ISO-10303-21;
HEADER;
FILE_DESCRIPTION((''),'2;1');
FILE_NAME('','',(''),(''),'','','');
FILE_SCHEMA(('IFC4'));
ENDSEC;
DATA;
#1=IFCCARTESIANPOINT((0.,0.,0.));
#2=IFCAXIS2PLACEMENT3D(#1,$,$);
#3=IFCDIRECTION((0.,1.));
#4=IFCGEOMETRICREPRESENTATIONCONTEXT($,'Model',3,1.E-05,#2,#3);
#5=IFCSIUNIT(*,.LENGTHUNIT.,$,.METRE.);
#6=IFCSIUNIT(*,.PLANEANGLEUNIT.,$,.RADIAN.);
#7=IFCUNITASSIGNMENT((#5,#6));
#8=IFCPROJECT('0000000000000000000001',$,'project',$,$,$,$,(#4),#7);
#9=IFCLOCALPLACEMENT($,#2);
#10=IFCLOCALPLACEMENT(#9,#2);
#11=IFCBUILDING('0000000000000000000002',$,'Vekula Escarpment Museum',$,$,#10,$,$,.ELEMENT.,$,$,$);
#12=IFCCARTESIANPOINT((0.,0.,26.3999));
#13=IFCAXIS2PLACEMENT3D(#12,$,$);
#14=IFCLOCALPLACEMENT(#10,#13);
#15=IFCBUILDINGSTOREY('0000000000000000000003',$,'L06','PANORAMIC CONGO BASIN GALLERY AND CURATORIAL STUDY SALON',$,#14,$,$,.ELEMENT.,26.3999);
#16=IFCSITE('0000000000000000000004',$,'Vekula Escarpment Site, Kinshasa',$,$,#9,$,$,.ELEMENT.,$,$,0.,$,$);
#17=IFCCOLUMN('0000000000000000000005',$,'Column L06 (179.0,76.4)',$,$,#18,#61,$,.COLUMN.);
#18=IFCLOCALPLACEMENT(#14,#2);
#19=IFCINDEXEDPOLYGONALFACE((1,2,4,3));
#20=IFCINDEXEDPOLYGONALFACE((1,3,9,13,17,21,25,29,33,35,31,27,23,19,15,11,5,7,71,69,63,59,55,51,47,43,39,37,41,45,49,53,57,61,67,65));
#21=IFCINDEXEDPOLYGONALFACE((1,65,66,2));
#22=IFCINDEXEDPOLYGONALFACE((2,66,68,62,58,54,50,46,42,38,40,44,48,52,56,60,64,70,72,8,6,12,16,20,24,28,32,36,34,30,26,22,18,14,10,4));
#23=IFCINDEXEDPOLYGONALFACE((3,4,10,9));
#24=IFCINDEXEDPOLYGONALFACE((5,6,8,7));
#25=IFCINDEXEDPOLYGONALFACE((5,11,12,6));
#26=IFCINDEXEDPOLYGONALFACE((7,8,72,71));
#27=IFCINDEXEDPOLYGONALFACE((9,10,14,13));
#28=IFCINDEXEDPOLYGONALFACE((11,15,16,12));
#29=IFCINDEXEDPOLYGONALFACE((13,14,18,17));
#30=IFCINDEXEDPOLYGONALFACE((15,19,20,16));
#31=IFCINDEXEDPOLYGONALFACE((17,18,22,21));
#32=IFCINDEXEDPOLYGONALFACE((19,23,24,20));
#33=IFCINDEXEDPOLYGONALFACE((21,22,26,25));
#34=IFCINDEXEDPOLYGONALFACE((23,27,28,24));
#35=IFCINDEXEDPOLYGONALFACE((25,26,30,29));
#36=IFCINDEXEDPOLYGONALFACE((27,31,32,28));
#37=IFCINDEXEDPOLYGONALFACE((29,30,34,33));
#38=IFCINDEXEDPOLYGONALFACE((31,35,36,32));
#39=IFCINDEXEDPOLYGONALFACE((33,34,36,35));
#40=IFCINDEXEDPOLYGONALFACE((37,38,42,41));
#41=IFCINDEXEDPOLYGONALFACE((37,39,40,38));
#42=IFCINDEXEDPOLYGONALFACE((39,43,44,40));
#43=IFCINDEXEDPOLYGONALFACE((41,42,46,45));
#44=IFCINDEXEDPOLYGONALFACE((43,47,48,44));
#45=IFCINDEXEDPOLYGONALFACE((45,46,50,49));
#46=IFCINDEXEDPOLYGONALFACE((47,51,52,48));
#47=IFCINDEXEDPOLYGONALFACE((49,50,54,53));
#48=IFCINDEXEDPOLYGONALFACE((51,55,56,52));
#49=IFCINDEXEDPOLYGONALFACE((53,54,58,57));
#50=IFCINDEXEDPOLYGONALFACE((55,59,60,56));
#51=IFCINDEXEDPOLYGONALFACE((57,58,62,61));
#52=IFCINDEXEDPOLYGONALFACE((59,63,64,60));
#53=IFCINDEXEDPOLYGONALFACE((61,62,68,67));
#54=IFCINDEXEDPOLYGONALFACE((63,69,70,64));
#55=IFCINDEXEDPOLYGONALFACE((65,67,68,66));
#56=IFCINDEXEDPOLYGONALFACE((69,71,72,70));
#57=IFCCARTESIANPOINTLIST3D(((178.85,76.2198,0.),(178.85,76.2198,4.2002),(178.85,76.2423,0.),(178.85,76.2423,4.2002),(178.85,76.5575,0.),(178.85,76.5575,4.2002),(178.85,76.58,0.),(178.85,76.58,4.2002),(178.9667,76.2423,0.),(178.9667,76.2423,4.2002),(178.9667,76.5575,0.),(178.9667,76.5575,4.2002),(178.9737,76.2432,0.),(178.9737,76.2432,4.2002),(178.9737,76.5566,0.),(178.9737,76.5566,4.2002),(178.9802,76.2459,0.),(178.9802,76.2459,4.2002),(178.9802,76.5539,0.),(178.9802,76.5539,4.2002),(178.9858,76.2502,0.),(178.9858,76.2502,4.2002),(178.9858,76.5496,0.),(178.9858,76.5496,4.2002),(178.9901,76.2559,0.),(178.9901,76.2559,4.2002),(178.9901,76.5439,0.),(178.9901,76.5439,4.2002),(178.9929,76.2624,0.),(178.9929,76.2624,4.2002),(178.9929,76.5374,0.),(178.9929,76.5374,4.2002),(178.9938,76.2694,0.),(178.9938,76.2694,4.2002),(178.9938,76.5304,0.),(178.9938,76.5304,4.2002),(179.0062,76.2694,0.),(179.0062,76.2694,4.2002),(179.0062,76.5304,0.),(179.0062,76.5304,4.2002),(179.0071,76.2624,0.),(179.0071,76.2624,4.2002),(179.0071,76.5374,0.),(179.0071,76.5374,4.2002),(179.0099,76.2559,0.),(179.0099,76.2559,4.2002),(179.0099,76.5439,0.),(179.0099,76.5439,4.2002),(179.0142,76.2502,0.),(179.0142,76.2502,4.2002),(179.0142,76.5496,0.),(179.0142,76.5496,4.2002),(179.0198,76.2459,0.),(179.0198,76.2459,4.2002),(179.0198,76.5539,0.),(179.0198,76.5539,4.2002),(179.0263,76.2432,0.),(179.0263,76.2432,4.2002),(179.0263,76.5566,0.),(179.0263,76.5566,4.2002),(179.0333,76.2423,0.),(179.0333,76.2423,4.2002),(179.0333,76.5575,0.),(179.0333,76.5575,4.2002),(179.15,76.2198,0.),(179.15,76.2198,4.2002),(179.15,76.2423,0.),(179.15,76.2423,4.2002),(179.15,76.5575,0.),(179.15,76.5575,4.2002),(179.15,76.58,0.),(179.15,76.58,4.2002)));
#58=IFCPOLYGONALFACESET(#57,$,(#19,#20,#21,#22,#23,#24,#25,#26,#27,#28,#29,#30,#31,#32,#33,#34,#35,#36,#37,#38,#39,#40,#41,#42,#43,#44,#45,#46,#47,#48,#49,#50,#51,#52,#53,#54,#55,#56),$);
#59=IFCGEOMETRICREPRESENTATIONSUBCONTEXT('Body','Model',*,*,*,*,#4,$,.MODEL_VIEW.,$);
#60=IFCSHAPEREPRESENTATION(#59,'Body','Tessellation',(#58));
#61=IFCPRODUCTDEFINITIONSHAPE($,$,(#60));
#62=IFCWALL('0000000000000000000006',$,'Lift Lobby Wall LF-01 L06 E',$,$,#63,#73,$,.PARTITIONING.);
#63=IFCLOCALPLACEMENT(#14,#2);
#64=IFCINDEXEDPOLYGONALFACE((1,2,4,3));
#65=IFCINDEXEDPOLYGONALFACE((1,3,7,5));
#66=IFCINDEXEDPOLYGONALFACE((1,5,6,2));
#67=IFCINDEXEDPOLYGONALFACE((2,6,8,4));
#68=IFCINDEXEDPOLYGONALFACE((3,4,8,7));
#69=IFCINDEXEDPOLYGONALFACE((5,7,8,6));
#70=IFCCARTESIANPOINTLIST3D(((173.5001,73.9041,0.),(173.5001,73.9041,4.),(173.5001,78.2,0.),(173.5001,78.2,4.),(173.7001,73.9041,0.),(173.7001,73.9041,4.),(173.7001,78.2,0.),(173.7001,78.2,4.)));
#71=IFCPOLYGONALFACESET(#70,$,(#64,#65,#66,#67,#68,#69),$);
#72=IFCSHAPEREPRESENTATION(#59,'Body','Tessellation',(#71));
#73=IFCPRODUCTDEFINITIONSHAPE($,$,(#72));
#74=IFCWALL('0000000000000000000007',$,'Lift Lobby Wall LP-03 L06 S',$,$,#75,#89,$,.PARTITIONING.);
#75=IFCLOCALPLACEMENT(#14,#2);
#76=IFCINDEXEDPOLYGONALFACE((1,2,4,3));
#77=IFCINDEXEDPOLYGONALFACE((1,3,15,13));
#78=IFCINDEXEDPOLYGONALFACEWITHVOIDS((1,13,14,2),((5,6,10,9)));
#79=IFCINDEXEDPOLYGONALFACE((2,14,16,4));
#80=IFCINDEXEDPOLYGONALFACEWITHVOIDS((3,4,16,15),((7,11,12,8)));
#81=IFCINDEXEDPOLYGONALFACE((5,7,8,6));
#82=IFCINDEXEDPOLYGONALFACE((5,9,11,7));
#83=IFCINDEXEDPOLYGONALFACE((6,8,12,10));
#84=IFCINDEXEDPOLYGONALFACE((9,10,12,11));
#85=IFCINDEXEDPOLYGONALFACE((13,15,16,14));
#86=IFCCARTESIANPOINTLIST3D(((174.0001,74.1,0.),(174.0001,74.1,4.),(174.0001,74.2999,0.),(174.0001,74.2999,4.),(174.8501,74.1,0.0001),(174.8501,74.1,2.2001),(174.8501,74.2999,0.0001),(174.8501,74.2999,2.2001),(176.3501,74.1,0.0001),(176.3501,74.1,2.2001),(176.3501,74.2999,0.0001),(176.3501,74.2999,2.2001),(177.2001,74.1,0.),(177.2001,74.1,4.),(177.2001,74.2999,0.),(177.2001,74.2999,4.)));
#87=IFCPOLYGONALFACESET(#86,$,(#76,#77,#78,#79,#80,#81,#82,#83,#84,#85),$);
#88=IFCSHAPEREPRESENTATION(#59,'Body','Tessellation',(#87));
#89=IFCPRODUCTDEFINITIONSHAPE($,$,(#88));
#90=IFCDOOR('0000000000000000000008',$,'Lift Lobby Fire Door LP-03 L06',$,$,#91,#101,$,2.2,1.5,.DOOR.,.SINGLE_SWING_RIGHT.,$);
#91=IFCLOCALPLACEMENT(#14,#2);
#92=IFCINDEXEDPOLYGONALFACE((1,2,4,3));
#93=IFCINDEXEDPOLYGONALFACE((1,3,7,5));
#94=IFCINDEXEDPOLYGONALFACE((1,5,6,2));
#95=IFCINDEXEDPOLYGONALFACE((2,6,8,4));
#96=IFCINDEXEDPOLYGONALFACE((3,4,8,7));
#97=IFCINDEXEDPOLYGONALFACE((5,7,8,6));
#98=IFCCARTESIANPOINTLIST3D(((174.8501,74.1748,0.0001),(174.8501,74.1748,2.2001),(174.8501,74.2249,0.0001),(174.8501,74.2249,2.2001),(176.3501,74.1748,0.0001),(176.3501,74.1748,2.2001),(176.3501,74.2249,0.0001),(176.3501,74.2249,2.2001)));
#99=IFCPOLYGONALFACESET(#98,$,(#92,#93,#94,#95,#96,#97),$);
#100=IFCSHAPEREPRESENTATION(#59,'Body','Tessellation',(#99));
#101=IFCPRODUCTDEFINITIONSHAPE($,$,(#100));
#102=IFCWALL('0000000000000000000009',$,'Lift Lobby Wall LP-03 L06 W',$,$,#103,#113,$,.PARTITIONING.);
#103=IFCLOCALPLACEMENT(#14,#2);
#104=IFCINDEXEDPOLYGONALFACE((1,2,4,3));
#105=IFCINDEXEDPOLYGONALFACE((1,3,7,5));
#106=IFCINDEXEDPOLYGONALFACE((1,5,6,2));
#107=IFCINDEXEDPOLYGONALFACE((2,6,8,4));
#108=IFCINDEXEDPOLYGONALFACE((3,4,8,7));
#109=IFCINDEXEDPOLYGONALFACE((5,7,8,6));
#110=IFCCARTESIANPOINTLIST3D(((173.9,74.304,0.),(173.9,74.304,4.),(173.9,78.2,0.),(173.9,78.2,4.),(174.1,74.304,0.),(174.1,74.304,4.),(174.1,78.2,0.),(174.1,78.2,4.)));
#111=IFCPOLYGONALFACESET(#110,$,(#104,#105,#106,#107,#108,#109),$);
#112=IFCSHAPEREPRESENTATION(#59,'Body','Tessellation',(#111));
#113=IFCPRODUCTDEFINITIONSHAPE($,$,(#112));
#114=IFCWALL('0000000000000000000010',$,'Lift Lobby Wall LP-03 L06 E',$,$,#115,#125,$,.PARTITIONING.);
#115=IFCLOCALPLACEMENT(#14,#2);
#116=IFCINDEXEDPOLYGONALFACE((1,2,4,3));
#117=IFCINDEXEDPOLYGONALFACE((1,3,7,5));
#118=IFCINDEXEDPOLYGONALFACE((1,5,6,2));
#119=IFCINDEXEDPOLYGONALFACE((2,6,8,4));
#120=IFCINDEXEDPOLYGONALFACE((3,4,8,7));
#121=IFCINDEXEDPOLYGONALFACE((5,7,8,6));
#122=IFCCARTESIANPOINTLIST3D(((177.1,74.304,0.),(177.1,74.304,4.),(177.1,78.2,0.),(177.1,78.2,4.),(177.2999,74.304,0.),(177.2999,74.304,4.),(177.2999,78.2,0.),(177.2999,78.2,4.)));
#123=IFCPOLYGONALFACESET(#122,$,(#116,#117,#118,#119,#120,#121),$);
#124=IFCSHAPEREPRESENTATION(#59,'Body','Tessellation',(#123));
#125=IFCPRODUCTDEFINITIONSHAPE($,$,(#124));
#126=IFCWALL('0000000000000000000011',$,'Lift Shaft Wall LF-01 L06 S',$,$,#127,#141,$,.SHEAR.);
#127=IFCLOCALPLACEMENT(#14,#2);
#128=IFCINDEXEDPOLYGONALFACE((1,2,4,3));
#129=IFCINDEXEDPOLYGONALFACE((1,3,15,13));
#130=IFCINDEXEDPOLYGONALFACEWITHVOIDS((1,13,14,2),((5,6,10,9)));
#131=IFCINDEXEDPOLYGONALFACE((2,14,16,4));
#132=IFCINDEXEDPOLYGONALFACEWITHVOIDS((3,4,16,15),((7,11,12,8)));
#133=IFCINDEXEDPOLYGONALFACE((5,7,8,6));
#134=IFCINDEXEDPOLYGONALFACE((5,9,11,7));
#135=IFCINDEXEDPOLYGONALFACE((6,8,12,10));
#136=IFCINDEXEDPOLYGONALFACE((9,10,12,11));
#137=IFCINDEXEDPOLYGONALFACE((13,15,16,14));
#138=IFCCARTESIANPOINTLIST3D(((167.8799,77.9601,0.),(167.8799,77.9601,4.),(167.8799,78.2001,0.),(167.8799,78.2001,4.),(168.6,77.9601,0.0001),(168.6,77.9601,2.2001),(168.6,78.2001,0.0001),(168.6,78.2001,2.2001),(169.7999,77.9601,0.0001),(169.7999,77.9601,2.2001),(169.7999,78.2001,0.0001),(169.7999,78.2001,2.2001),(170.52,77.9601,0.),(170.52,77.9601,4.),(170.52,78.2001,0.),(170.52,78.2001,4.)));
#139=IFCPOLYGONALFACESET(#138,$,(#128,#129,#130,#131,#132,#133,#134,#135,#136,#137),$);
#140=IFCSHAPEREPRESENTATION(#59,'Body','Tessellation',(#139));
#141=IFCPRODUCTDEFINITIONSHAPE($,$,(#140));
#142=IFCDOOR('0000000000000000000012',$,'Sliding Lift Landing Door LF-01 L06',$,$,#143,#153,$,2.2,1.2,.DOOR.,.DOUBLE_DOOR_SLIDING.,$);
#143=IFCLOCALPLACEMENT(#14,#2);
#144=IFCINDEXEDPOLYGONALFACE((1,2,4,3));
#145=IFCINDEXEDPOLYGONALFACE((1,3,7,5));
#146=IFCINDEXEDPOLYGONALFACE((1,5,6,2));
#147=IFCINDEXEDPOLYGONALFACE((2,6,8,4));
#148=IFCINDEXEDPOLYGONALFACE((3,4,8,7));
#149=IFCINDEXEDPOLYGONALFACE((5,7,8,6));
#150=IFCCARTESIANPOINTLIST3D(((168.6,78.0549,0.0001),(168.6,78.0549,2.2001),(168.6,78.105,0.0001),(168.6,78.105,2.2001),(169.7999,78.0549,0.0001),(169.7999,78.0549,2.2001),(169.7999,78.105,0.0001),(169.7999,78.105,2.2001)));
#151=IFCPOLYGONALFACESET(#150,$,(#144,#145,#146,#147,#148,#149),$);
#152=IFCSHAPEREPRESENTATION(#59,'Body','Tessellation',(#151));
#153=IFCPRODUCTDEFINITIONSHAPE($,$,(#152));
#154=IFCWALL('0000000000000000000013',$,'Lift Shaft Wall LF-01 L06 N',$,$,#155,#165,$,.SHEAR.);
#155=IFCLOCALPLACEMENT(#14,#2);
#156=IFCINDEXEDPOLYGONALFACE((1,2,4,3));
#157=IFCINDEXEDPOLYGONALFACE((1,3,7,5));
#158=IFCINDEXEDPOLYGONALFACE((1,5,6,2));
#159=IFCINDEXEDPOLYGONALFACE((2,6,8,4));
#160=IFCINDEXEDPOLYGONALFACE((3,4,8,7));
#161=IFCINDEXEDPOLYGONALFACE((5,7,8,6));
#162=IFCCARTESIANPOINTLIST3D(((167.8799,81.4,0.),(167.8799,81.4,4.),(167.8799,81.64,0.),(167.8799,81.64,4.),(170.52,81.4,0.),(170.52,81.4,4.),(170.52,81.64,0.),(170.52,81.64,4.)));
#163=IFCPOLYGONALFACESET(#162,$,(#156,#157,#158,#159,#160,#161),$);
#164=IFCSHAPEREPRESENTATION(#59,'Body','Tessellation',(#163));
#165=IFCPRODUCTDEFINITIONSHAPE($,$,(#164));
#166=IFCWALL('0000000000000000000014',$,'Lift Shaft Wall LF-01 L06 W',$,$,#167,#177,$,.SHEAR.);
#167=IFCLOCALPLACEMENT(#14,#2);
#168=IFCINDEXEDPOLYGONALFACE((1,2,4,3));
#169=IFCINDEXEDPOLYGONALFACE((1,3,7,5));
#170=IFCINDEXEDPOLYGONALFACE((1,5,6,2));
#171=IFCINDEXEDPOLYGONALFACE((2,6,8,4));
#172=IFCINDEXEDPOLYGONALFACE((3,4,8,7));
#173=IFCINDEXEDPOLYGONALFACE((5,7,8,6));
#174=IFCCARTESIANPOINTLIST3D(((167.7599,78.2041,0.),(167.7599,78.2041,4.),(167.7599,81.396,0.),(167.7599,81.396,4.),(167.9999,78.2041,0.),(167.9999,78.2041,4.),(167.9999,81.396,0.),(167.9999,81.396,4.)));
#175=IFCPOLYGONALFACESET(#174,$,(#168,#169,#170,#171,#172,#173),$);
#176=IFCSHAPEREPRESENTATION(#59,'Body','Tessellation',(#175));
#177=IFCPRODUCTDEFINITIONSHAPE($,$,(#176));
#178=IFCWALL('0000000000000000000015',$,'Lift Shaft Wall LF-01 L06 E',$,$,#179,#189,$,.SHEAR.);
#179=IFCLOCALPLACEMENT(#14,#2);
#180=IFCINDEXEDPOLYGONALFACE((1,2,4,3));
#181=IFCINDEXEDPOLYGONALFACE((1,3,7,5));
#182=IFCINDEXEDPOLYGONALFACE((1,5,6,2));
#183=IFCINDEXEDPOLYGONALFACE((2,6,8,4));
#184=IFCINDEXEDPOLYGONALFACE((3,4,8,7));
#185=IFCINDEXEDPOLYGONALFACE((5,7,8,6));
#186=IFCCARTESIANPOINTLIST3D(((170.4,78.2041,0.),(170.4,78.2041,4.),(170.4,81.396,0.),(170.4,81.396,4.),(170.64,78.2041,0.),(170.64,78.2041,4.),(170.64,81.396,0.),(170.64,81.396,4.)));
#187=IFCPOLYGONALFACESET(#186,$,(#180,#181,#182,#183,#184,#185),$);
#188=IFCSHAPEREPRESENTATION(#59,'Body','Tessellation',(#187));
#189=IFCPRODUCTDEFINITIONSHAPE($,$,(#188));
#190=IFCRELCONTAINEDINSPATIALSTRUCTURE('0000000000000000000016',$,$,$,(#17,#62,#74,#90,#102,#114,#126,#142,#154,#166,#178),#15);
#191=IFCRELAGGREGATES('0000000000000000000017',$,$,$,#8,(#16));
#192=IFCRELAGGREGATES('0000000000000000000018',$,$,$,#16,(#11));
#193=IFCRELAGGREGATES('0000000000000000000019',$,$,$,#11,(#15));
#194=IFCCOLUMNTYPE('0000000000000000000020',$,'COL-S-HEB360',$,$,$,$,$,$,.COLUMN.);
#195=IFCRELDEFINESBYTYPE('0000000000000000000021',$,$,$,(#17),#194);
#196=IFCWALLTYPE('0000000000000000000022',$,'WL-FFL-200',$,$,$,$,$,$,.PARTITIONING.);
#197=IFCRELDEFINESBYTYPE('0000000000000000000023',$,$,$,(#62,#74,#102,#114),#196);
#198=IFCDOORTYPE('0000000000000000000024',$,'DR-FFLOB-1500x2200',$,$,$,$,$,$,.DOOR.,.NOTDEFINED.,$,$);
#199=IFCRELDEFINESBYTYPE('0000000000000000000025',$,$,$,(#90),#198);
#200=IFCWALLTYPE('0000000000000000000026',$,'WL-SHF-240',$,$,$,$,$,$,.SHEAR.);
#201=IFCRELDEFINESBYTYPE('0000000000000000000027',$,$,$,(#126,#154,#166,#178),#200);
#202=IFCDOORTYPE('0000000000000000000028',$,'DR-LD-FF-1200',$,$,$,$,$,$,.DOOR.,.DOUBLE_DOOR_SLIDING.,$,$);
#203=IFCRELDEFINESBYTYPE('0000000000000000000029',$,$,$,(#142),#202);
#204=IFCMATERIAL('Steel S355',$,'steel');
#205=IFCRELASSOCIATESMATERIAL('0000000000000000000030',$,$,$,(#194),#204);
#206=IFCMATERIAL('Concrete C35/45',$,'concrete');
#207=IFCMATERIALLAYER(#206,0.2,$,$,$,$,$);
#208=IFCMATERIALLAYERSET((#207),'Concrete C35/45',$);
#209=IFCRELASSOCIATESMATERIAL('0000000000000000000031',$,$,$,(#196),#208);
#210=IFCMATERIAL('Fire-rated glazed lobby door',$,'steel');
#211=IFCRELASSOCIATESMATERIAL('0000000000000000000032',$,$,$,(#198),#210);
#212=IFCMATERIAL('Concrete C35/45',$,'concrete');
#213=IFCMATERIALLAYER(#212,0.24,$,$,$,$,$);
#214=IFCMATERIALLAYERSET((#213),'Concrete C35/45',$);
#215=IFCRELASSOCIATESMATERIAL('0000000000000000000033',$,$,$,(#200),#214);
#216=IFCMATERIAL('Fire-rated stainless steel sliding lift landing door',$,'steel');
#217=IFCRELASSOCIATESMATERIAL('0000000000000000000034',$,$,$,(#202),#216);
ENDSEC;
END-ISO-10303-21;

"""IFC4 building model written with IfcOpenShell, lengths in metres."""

from ifc_helpers import new_model, si_unit, direction, frame, frame_2d, origin, origin_2d, place, context, subcontext, project, spatial, rectangle, i_section, extrude, material, layer, layer_set, material_profile, profile_set, type_object, element, fill, save


model = new_model("IFC4")

# Units and contexts
model_context = context("Model", 3, precision=1e-05, world=origin(), true_north=direction((0.0, 1.0)))
body_context = subcontext(model_context, "Body", "Model", "MODEL_VIEW")
ifc_project = project(units=[si_unit("LENGTHUNIT", "METRE"), si_unit("PLANEANGLEUNIT", "RADIAN")], contexts=[model_context])

# Site, building, storey
site_placement = place(None, origin())
site = spatial("IfcSite", under=ifc_project, at=site_placement, Name="Vekula Escarpment Site, Kinshasa", CompositionType="ELEMENT", RefElevation=0.0)
building_placement = place(site_placement, origin())
building = spatial("IfcBuilding", under=site, at=building_placement, Name="Vekula Escarpment Museum", CompositionType="ELEMENT")
storey_placement = place(building_placement, frame((0.0, 0.0, 26.3999)))
storey = spatial("IfcBuildingStorey", under=building, at=storey_placement, Name="L06", Description="PANORAMIC CONGO BASIN GALLERY AND CURATORIAL STUDY SALON", CompositionType="ELEMENT", Elevation=26.3999)

# Column
ifc_material_1 = material(Name="Steel S355", Category="steel")
ifc_material_profile = material_profile(ifc_material_1, i_section(OverallWidth=0.3, OverallDepth=0.3601, WebThickness=0.0125, FlangeThickness=0.0225, FilletRadius=0.0271, at=origin_2d()), Name="HEB 360")
ifc_profile_set = profile_set([ifc_material_profile], Name="Steel S355")
column_type = type_object("IfcColumnType", Name="COL-S-HEB360", PredefinedType="COLUMN", material=ifc_profile_set)
column_placement = place(storey_placement, frame((179.0, 76.3999, 0.0), z_axis=(0.0, 0.0, 1.0), x_axis=(1.0, 0.0, 0.0)))
element("IfcColumn", 1, at=column_placement, inside=storey, type_object=column_type, Name="Column L06 (179.0,76.4)", PredefinedType="COLUMN", context=body_context, shape_type="SweptSolid", body=[
    extrude(i_section(OverallWidth=0.3, OverallDepth=0.3601, WebThickness=0.0125, FlangeThickness=0.0225, FilletRadius=0.0271, at=origin_2d()), origin(), (0.0, 0.0, 1.0), 4.2002),
])

# Wall
ifc_material_2 = material(Name="Concrete C35/45", Category="concrete")
ifc_layer_1 = layer(ifc_material_2, 0.2)
ifc_layer_set_1 = layer_set([ifc_layer_1], Name="Concrete C35/45")
wall_type_1 = type_object("IfcWallType", Name="WL-FFL-200", PredefinedType="PARTITIONING", material=ifc_layer_set_1)
wall_1_placement = place(storey_placement, frame((173.6001, 73.9041, 0.0), z_axis=(0.0, 0.0, 1.0), x_axis=(0.0, 1.0, 0.0)))
element("IfcWall", 2, at=wall_1_placement, inside=storey, type_object=wall_type_1, Name="Lift Lobby Wall LF-01 L06 E", PredefinedType="PARTITIONING", context=body_context, shape_type="SweptSolid", body=[
    extrude(rectangle(XDim=4.2959, YDim=0.2, at=frame_2d((2.1479, 0.0))), origin(), (0.0, 0.0, 1.0), 4.0),
])

# Wall, opening, door
wall_2_placement = place(storey_placement, frame((174.0, 74.2, 0.0), z_axis=(0.0, 0.0, 1.0), x_axis=(1.0, 0.0, 0.0)))
wall_2 = element("IfcWall", 3, at=wall_2_placement, inside=storey, type_object=wall_type_1, Name="Lift Lobby Wall LP-03 L06 S", PredefinedType="PARTITIONING", context=body_context, shape_type="SweptSolid", body=[
    extrude(rectangle(XDim=3.2, YDim=0.2, at=frame_2d((1.6001, 0.0))), origin(), (0.0, 0.0, 1.0), 4.0),
])
opening_1_placement = place(wall_2_placement, frame((0.8501, 0.0, 0.0)))
opening_1 = element("IfcOpeningElement", 4, at=opening_1_placement, cuts=wall_2, PredefinedType="OPENING", context=body_context, shape_type="SweptSolid", body=[
    extrude(rectangle(XDim=1.5, YDim=2.2, at=frame_2d((0.75, 1.1001))), frame((0.0, 0.1099, 0.0), z_axis=(0.0, -1.0, 0.0), x_axis=(1.0, 0.0, 0.0)), (0.0, 0.0, 1.0), 0.22),
])
ifc_material_3 = material(Name="Fire-rated glazed lobby door", Category="steel")
door_type_1 = type_object("IfcDoorType", Name="DR-FFLOB-1500x2200", OperationType="NOTDEFINED", PredefinedType="DOOR", material=ifc_material_3)
door_1_placement = place(opening_1_placement, origin())
door_1 = element("IfcDoor", 5, at=door_1_placement, inside=storey, type_object=door_type_1, Name="Lift Lobby Fire Door LP-03 L06", OperationType="SINGLE_SWING_RIGHT", OverallHeight=2.2, OverallWidth=1.5, PredefinedType="DOOR", context=body_context, shape_type="SweptSolid", body=[
    extrude(rectangle(XDim=1.5, YDim=2.2, at=frame_2d((0.75, 1.1001))), frame((0.0, 0.0249, 0.0), z_axis=(0.0, -1.0, 0.0), x_axis=(1.0, 0.0, 0.0)), (0.0, 0.0, 1.0), 0.05),
])
fill(opening_1, door_1)

# Walls
for number, where, z_axis, x_axis, name in (
    (6, (174.0, 74.304, 0.0), (0.0, 0.0, 1.0), (0.0, 1.0, 0.0), "Lift Lobby Wall LP-03 L06 W"),
    (7, (177.2, 74.304, 0.0), (0.0, 0.0, 1.0), (0.0, 1.0, 0.0), "Lift Lobby Wall LP-03 L06 E"),
):
    element("IfcWall", number, at=place(storey_placement, frame(where, z_axis=z_axis, x_axis=x_axis)), inside=storey, type_object=wall_type_1, Name=name, PredefinedType="PARTITIONING", context=body_context, shape_type="SweptSolid", body=[
        extrude(rectangle(XDim=3.896, YDim=0.2, at=frame_2d((1.948, 0.0))), origin(), (0.0, 0.0, 1.0), 4.0),
    ])

# Wall, opening, door
ifc_material_4 = material(Name="Concrete C35/45", Category="concrete")
ifc_layer_2 = layer(ifc_material_4, 0.24)
ifc_layer_set_2 = layer_set([ifc_layer_2], Name="Concrete C35/45")
wall_type_2 = type_object("IfcWallType", Name="WL-SHF-240", PredefinedType="SHEAR", material=ifc_layer_set_2)
wall_3_placement = place(storey_placement, frame((167.8799, 78.0801, 0.0), z_axis=(0.0, 0.0, 1.0), x_axis=(1.0, 0.0, 0.0)))
wall_3 = element("IfcWall", 8, at=wall_3_placement, inside=storey, type_object=wall_type_2, Name="Lift Shaft Wall LF-01 L06 S", PredefinedType="SHEAR", context=body_context, shape_type="SweptSolid", body=[
    extrude(rectangle(XDim=2.6401, YDim=0.24, at=frame_2d((1.3201, 0.0))), origin(), (0.0, 0.0, 1.0), 4.0),
])
opening_2_placement = place(wall_3_placement, frame((0.72, 0.0, 0.0)))
opening_2 = element("IfcOpeningElement", 9, at=opening_2_placement, cuts=wall_3, PredefinedType="OPENING", context=body_context, shape_type="SweptSolid", body=[
    extrude(rectangle(XDim=1.2, YDim=2.2, at=frame_2d((0.6001, 1.1001))), frame((0.0, 0.1299, 0.0), z_axis=(0.0, -1.0, 0.0), x_axis=(1.0, 0.0, 0.0)), (0.0, 0.0, 1.0), 0.26),
])
ifc_material_5 = material(Name="Fire-rated stainless steel sliding lift landing door", Category="steel")
door_type_2 = type_object("IfcDoorType", Name="DR-LD-FF-1200", OperationType="DOUBLE_DOOR_SLIDING", PredefinedType="DOOR", material=ifc_material_5)
door_2_placement = place(opening_2_placement, origin())
door_2 = element("IfcDoor", 10, at=door_2_placement, inside=storey, type_object=door_type_2, Name="Sliding Lift Landing Door LF-01 L06", OperationType="DOUBLE_DOOR_SLIDING", OverallHeight=2.2, OverallWidth=1.2, PredefinedType="DOOR", context=body_context, shape_type="SweptSolid", body=[
    extrude(rectangle(XDim=1.2, YDim=2.2, at=frame_2d((0.6001, 1.1001))), frame((0.0, 0.0249, 0.0), z_axis=(0.0, -1.0, 0.0), x_axis=(1.0, 0.0, 0.0)), (0.0, 0.0, 1.0), 0.05),
])
fill(opening_2, door_2)

# Walls
wall_4_placement = place(storey_placement, frame((167.8799, 81.52, 0.0), z_axis=(0.0, 0.0, 1.0), x_axis=(1.0, 0.0, 0.0)))
element("IfcWall", 11, at=wall_4_placement, inside=storey, type_object=wall_type_2, Name="Lift Shaft Wall LF-01 L06 N", PredefinedType="SHEAR", context=body_context, shape_type="SweptSolid", body=[
    extrude(rectangle(XDim=2.6401, YDim=0.24, at=frame_2d((1.3201, 0.0))), origin(), (0.0, 0.0, 1.0), 4.0),
])
for number, where, z_axis, x_axis, name in (
    (12, (167.8799, 78.2041, 0.0), (0.0, 0.0, 1.0), (0.0, 1.0, 0.0), "Lift Shaft Wall LF-01 L06 W"),
    (13, (170.52, 78.2041, 0.0), (0.0, 0.0, 1.0), (0.0, 1.0, 0.0), "Lift Shaft Wall LF-01 L06 E"),
):
    element("IfcWall", number, at=place(storey_placement, frame(where, z_axis=z_axis, x_axis=x_axis)), inside=storey, type_object=wall_type_2, Name=name, PredefinedType="SHEAR", context=body_context, shape_type="SweptSolid", body=[
        extrude(rectangle(XDim=3.1919, YDim=0.24, at=frame_2d((1.5959, 0.0))), origin(), (0.0, 0.0, 1.0), 4.0),
    ])

save(model, "model.ifc")
